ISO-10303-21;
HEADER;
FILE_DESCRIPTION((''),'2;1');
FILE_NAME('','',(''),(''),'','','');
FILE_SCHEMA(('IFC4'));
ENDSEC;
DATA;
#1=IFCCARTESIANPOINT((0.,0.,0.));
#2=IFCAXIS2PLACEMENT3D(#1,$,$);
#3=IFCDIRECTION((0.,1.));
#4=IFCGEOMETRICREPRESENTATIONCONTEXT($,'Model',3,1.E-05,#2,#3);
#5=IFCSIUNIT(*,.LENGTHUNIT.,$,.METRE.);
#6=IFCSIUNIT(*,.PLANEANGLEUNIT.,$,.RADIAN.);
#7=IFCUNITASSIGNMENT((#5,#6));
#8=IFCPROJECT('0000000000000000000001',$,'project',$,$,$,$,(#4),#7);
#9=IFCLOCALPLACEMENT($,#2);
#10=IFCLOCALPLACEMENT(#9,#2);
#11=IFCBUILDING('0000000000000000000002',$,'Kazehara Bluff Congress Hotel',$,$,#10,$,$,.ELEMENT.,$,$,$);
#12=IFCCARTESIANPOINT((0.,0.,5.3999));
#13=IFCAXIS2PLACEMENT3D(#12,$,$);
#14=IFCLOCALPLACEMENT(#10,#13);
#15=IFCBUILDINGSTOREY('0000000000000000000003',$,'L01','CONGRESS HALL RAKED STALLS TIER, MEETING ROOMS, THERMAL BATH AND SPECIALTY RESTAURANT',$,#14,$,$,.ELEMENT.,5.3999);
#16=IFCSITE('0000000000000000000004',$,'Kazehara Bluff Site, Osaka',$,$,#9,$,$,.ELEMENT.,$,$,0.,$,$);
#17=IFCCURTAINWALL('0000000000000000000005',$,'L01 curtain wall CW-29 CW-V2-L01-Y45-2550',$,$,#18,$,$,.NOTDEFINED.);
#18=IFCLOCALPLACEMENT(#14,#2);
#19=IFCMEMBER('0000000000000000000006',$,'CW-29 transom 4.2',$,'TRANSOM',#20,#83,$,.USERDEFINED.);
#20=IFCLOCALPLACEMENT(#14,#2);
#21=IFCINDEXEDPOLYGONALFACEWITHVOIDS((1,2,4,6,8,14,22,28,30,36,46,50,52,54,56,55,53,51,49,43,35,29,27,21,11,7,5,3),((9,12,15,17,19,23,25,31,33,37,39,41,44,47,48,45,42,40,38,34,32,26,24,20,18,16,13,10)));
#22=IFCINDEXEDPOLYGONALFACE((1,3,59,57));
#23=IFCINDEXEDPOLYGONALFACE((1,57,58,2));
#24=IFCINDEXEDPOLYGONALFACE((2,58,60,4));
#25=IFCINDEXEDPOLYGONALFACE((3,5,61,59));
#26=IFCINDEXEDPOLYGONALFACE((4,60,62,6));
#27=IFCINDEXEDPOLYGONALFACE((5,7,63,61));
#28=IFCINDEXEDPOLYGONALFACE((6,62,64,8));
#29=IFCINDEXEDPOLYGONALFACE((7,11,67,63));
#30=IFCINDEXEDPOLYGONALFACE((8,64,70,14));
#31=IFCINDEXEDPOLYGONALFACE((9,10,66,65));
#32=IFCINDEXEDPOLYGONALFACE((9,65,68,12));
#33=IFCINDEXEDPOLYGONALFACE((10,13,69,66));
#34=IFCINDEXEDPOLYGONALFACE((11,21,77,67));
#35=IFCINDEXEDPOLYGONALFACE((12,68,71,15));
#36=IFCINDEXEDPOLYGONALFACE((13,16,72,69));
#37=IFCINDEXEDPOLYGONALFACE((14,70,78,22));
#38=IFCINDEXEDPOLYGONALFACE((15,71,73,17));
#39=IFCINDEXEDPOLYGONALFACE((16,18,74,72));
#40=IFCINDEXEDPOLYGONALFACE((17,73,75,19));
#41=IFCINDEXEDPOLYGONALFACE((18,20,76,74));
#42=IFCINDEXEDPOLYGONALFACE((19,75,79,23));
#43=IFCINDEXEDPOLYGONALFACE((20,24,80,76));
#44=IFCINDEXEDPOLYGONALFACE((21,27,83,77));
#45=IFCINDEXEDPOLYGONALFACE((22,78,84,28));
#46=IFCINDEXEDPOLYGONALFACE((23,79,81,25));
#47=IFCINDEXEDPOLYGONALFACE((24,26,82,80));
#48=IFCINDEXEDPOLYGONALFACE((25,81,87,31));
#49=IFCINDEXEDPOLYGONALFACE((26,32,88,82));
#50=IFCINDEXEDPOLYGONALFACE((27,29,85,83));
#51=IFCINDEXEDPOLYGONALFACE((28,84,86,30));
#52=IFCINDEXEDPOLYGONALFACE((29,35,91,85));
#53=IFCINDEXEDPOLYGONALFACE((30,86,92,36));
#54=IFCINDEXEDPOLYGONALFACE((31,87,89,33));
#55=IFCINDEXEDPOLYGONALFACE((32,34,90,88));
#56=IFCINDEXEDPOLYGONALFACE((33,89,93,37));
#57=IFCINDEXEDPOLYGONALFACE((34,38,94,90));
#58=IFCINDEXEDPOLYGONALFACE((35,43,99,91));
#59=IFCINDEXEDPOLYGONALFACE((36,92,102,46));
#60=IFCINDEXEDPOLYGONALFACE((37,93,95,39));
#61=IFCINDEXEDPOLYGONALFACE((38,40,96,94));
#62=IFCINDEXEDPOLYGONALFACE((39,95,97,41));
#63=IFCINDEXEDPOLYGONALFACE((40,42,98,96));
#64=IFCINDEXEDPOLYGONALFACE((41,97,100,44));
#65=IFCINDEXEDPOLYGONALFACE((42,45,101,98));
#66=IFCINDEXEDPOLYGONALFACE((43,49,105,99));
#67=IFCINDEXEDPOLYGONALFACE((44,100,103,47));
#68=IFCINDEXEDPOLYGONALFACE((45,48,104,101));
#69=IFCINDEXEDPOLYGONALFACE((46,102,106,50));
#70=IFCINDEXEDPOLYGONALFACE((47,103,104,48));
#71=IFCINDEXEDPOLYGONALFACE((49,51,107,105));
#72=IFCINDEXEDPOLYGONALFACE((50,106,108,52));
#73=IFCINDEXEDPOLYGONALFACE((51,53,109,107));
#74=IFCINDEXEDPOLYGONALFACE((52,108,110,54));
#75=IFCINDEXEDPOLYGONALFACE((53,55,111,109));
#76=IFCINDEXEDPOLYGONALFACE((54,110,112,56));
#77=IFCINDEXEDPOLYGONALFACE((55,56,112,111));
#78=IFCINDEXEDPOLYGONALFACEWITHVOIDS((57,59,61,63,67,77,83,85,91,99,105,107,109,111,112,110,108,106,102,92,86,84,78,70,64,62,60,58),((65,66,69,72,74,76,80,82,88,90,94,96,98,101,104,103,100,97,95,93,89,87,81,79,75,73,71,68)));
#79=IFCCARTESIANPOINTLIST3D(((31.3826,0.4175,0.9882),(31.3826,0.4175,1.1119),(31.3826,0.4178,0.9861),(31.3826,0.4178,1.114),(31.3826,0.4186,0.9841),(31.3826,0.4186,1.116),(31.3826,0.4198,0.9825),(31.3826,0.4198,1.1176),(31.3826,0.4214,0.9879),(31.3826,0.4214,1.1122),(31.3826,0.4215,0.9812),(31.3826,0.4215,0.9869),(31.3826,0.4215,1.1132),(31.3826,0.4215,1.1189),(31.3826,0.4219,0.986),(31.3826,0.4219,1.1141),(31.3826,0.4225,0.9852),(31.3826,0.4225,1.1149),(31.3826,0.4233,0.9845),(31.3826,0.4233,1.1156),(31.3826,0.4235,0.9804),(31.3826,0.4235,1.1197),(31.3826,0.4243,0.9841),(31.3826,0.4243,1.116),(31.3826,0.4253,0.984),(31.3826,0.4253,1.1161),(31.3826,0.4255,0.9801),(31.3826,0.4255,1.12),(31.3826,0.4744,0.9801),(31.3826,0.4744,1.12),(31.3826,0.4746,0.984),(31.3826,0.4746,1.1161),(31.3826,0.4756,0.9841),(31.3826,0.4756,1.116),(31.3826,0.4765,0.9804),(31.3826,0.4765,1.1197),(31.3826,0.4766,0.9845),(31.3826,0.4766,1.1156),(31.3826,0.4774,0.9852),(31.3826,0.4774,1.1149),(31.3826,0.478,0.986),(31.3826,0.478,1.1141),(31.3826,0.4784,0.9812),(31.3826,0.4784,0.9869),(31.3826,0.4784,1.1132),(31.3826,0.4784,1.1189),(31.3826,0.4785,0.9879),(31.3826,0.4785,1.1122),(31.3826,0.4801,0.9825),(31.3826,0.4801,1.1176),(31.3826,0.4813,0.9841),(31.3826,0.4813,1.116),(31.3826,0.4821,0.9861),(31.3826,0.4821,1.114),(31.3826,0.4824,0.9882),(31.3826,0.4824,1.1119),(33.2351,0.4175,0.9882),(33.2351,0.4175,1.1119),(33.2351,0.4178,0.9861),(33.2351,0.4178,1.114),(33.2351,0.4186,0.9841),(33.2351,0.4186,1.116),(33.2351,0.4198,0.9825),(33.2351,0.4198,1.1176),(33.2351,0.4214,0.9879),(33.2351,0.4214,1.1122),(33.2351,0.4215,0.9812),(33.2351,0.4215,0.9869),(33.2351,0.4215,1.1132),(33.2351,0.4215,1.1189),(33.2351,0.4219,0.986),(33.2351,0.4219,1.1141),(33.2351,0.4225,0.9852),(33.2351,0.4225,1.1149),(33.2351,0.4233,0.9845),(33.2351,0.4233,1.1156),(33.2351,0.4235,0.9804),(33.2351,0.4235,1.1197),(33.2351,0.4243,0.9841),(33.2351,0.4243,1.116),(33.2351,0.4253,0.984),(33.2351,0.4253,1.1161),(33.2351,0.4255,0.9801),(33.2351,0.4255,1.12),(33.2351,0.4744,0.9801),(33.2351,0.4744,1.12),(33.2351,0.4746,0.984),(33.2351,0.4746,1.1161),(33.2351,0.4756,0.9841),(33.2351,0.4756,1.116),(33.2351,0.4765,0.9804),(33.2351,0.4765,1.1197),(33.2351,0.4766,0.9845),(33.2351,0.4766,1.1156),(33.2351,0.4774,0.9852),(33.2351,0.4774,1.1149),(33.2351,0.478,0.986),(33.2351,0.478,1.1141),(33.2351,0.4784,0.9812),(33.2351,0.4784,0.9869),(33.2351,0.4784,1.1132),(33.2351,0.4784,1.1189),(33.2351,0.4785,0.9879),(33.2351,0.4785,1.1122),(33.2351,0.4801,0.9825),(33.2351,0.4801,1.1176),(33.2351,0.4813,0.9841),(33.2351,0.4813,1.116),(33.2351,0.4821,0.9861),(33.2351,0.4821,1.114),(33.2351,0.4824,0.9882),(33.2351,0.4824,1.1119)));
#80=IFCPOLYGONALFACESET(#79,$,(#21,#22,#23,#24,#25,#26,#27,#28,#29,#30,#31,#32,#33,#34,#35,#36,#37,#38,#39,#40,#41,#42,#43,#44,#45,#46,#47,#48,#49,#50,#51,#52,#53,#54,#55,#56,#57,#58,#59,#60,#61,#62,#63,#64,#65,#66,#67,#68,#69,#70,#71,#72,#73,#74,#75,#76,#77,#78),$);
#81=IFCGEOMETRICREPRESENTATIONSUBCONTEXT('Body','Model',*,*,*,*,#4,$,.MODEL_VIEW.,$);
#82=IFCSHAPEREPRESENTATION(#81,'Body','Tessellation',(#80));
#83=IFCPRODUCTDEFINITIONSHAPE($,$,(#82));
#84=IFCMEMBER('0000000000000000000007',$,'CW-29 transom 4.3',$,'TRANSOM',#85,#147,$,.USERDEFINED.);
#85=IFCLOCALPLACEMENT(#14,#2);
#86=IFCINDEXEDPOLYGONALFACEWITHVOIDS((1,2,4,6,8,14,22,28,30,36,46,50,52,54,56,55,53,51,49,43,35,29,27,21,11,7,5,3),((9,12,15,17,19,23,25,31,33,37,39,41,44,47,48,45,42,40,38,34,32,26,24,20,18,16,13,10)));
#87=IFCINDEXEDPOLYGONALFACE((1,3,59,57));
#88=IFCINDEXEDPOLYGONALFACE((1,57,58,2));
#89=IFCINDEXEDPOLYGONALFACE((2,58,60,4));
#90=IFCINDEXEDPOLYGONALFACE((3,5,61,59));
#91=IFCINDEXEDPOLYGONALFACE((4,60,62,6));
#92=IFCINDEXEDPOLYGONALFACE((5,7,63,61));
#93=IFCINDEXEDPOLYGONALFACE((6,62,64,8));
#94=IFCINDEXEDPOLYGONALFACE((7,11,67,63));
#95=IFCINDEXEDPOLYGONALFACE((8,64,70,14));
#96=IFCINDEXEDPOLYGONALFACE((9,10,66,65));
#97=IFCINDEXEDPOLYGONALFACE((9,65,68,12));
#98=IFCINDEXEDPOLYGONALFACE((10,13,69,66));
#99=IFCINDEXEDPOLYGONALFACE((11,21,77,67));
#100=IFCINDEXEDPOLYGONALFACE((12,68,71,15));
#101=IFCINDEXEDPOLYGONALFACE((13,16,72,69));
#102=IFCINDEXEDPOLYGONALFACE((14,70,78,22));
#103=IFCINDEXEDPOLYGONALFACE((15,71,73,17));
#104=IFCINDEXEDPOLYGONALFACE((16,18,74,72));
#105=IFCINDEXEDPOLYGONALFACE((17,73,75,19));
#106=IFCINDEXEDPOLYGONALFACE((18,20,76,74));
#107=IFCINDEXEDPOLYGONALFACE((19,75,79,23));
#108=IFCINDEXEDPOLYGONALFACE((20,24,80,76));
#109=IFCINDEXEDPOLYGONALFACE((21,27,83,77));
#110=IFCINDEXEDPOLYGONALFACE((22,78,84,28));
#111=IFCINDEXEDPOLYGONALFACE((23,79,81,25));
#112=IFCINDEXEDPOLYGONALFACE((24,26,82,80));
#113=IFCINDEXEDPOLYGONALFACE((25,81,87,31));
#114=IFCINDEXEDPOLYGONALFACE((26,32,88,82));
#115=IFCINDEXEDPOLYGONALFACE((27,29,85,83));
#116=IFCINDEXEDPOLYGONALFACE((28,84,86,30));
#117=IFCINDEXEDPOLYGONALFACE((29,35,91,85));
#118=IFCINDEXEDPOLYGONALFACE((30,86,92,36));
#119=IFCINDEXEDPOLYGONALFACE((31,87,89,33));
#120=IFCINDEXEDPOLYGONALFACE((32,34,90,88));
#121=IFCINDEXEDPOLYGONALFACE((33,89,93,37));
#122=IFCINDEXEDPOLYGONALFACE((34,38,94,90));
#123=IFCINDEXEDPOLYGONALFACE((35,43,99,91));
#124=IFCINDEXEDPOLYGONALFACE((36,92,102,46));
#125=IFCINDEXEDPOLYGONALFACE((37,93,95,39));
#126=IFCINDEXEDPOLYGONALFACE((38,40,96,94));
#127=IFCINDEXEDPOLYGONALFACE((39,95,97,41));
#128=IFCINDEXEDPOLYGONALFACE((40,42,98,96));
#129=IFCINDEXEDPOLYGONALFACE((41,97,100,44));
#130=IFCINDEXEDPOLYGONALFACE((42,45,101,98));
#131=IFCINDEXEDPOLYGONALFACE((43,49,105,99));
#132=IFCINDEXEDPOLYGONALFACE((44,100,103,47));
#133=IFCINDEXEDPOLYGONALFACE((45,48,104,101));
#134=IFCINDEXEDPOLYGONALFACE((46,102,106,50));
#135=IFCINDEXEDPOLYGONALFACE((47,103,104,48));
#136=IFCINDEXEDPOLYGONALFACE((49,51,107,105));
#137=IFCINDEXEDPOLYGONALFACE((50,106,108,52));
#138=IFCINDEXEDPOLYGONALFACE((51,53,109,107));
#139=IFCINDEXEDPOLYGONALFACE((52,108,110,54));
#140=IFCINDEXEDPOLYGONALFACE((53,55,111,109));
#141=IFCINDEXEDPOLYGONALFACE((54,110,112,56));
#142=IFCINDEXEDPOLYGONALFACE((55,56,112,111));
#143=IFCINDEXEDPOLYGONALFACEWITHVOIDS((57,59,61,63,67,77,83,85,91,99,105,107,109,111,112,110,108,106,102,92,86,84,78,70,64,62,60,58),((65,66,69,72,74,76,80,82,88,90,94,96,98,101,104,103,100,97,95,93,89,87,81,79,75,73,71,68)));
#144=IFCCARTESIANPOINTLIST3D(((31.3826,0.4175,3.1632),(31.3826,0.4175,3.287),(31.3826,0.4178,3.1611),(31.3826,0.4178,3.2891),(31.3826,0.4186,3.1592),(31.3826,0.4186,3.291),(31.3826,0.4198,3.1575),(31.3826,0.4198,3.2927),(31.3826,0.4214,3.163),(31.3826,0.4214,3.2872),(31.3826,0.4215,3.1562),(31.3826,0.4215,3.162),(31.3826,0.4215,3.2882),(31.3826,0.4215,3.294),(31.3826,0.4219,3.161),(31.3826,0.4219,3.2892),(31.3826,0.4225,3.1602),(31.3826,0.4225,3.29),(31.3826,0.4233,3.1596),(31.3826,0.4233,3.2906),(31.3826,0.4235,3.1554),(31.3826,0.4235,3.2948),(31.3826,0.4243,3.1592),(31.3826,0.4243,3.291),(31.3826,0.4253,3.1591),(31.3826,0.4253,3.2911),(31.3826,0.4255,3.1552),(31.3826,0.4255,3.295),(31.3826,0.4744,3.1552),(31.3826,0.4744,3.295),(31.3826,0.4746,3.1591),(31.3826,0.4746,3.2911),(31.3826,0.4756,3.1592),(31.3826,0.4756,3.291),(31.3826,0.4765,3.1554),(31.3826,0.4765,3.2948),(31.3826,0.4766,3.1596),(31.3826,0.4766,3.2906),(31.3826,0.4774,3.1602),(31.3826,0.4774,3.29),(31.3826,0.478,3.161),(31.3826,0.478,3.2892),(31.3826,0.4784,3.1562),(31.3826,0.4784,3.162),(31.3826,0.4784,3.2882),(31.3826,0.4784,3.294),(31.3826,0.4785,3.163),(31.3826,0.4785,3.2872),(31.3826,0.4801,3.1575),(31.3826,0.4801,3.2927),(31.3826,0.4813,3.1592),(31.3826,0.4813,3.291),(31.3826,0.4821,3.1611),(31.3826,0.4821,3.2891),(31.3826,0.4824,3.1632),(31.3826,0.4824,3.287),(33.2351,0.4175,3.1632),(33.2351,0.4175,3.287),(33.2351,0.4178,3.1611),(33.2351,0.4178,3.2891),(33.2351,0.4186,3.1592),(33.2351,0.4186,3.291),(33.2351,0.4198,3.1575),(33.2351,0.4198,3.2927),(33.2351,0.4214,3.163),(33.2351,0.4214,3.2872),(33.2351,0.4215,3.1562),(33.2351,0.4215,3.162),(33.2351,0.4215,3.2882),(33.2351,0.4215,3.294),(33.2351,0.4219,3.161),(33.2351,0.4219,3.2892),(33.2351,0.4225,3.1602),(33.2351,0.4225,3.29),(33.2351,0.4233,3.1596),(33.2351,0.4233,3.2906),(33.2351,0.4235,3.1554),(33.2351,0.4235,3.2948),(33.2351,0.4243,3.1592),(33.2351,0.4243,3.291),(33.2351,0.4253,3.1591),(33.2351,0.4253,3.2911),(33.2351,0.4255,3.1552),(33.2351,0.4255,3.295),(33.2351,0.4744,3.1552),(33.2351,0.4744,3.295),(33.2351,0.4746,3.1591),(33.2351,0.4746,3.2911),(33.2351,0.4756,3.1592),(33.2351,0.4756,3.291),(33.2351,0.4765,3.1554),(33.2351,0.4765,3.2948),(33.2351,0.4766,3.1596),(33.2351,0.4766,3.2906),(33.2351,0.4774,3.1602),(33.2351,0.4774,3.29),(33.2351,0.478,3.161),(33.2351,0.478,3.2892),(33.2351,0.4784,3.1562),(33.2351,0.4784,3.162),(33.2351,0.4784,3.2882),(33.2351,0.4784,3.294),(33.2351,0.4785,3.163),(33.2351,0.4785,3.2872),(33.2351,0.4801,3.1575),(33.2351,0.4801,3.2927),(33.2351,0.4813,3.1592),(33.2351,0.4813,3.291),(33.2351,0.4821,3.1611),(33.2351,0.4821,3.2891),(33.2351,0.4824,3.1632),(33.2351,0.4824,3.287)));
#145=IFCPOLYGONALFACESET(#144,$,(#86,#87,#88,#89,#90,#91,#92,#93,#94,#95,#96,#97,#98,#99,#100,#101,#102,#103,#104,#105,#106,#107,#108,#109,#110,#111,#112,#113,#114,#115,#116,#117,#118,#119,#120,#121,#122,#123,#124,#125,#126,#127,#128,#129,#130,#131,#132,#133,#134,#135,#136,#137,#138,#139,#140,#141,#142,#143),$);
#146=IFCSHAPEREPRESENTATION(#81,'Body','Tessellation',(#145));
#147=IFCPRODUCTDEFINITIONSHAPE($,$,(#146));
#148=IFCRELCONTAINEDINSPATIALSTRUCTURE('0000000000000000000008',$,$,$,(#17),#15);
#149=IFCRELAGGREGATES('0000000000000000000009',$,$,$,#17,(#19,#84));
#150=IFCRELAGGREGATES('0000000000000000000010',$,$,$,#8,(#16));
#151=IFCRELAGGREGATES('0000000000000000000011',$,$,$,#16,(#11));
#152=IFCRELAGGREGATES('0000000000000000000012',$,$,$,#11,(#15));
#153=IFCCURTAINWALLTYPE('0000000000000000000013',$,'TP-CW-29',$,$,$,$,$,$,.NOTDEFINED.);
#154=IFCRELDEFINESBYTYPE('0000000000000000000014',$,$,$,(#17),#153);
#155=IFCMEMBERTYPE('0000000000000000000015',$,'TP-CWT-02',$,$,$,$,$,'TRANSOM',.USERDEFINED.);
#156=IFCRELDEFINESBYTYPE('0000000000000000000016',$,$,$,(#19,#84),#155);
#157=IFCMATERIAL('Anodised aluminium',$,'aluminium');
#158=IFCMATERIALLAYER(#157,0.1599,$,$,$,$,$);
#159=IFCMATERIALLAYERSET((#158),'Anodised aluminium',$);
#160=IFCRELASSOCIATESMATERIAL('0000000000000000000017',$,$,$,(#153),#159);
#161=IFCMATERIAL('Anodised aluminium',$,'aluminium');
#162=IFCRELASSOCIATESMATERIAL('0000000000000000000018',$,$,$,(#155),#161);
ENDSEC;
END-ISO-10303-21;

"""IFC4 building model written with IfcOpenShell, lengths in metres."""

from ifc_helpers import new_model, si_unit, direction, frame, origin, origin_2d, place, context, subcontext, project, spatial, hollow_rectangle, extrude, material, layer, layer_set, material_profile, profile_set, type_object, element, aggregate, save


model = new_model("IFC4")

# Units and contexts
model_context = context("Model", 3, precision=1e-05, world=origin(), true_north=direction((0.0, 1.0)))
body_context = subcontext(model_context, "Body", "Model", "MODEL_VIEW")
ifc_project = project(units=[si_unit("LENGTHUNIT", "METRE"), si_unit("PLANEANGLEUNIT", "RADIAN")], contexts=[model_context])

# Site, building, storey
site_placement = place(None, origin())
site = spatial("IfcSite", under=ifc_project, at=site_placement, Name="Kazehara Bluff Site, Osaka", CompositionType="ELEMENT", RefElevation=0.0)
building_placement = place(site_placement, origin())
building = spatial("IfcBuilding", under=site, at=building_placement, Name="Kazehara Bluff Congress Hotel", CompositionType="ELEMENT")
storey_placement = place(building_placement, frame((0.0, 0.0, 5.3999)))
storey = spatial("IfcBuildingStorey", under=building, at=storey_placement, Name="L01", Description="CONGRESS HALL RAKED STALLS TIER, MEETING ROOMS, THERMAL BATH AND SPECIALTY RESTAURANT", CompositionType="ELEMENT", Elevation=5.3999)

# Curtain wall, members
ifc_material_1 = material(Name="Anodised aluminium", Category="aluminium")
ifc_layer_1 = layer(ifc_material_1, 0.1599)
ifc_layer_set_1 = layer_set([ifc_layer_1], Name="Anodised aluminium")
curtain_wall_type = type_object("IfcCurtainWallType", Name="TP-CW-29", PredefinedType="NOTDEFINED", material=ifc_layer_set_1)
curtain_wall_placement = place(storey_placement, origin())
curtain_wall = element("IfcCurtainWall", 1, at=curtain_wall_placement, inside=storey, type_object=curtain_wall_type, Name="L01 curtain wall CW-29 CW-V2-L01-Y45-2550", PredefinedType="NOTDEFINED")
ifc_material_2 = material(Name="Anodised aluminium", Category="aluminium")
ifc_material_profile_1 = material_profile(ifc_material_2, hollow_rectangle(XDim=0.0649, YDim=0.1399, WallThickness=0.0039, InnerFilletRadius=0.0039, OuterFilletRadius=0.0081, at=origin_2d()))
ifc_profile_set_1 = profile_set([ifc_material_profile_1], Name="Anodised aluminium")
member_type_1 = type_object("IfcMemberType", Name="TP-CWT-02", ElementType="TRANSOM", PredefinedType="USERDEFINED", material=ifc_profile_set_1)
member_1_placement = place(storey_placement, frame((31.3826, 0.45, 1.05), z_axis=(1.0, 0.0, 0.0), x_axis=(0.0, 1.0, 0.0)))
member_1 = element("IfcMember", 2, at=member_1_placement, type_object=member_type_1, Name="CW-29 transom 4.2", ObjectType="TRANSOM", PredefinedType="USERDEFINED", context=body_context, shape_type="SweptSolid", body=[
    extrude(hollow_rectangle(XDim=0.0649, YDim=0.1399, WallThickness=0.0039, InnerFilletRadius=0.0039, OuterFilletRadius=0.0081, at=origin_2d()), origin(), (0.0, 0.0, 1.0), 1.8525),
])
member_2_placement = place(storey_placement, frame((31.3826, 0.45, 3.2251), z_axis=(1.0, 0.0, 0.0), x_axis=(0.0, 1.0, 0.0)))
member_2 = element("IfcMember", 3, at=member_2_placement, type_object=member_type_1, Name="CW-29 transom 4.3", ObjectType="TRANSOM", PredefinedType="USERDEFINED", context=body_context, shape_type="SweptSolid", body=[
    extrude(hollow_rectangle(XDim=0.0649, YDim=0.1399, WallThickness=0.0039, InnerFilletRadius=0.0039, OuterFilletRadius=0.0081, at=origin_2d()), origin(), (0.0, 0.0, 1.0), 1.8525),
])
aggregate(curtain_wall, [member_1, member_2])

save(model, "model.ifc")
